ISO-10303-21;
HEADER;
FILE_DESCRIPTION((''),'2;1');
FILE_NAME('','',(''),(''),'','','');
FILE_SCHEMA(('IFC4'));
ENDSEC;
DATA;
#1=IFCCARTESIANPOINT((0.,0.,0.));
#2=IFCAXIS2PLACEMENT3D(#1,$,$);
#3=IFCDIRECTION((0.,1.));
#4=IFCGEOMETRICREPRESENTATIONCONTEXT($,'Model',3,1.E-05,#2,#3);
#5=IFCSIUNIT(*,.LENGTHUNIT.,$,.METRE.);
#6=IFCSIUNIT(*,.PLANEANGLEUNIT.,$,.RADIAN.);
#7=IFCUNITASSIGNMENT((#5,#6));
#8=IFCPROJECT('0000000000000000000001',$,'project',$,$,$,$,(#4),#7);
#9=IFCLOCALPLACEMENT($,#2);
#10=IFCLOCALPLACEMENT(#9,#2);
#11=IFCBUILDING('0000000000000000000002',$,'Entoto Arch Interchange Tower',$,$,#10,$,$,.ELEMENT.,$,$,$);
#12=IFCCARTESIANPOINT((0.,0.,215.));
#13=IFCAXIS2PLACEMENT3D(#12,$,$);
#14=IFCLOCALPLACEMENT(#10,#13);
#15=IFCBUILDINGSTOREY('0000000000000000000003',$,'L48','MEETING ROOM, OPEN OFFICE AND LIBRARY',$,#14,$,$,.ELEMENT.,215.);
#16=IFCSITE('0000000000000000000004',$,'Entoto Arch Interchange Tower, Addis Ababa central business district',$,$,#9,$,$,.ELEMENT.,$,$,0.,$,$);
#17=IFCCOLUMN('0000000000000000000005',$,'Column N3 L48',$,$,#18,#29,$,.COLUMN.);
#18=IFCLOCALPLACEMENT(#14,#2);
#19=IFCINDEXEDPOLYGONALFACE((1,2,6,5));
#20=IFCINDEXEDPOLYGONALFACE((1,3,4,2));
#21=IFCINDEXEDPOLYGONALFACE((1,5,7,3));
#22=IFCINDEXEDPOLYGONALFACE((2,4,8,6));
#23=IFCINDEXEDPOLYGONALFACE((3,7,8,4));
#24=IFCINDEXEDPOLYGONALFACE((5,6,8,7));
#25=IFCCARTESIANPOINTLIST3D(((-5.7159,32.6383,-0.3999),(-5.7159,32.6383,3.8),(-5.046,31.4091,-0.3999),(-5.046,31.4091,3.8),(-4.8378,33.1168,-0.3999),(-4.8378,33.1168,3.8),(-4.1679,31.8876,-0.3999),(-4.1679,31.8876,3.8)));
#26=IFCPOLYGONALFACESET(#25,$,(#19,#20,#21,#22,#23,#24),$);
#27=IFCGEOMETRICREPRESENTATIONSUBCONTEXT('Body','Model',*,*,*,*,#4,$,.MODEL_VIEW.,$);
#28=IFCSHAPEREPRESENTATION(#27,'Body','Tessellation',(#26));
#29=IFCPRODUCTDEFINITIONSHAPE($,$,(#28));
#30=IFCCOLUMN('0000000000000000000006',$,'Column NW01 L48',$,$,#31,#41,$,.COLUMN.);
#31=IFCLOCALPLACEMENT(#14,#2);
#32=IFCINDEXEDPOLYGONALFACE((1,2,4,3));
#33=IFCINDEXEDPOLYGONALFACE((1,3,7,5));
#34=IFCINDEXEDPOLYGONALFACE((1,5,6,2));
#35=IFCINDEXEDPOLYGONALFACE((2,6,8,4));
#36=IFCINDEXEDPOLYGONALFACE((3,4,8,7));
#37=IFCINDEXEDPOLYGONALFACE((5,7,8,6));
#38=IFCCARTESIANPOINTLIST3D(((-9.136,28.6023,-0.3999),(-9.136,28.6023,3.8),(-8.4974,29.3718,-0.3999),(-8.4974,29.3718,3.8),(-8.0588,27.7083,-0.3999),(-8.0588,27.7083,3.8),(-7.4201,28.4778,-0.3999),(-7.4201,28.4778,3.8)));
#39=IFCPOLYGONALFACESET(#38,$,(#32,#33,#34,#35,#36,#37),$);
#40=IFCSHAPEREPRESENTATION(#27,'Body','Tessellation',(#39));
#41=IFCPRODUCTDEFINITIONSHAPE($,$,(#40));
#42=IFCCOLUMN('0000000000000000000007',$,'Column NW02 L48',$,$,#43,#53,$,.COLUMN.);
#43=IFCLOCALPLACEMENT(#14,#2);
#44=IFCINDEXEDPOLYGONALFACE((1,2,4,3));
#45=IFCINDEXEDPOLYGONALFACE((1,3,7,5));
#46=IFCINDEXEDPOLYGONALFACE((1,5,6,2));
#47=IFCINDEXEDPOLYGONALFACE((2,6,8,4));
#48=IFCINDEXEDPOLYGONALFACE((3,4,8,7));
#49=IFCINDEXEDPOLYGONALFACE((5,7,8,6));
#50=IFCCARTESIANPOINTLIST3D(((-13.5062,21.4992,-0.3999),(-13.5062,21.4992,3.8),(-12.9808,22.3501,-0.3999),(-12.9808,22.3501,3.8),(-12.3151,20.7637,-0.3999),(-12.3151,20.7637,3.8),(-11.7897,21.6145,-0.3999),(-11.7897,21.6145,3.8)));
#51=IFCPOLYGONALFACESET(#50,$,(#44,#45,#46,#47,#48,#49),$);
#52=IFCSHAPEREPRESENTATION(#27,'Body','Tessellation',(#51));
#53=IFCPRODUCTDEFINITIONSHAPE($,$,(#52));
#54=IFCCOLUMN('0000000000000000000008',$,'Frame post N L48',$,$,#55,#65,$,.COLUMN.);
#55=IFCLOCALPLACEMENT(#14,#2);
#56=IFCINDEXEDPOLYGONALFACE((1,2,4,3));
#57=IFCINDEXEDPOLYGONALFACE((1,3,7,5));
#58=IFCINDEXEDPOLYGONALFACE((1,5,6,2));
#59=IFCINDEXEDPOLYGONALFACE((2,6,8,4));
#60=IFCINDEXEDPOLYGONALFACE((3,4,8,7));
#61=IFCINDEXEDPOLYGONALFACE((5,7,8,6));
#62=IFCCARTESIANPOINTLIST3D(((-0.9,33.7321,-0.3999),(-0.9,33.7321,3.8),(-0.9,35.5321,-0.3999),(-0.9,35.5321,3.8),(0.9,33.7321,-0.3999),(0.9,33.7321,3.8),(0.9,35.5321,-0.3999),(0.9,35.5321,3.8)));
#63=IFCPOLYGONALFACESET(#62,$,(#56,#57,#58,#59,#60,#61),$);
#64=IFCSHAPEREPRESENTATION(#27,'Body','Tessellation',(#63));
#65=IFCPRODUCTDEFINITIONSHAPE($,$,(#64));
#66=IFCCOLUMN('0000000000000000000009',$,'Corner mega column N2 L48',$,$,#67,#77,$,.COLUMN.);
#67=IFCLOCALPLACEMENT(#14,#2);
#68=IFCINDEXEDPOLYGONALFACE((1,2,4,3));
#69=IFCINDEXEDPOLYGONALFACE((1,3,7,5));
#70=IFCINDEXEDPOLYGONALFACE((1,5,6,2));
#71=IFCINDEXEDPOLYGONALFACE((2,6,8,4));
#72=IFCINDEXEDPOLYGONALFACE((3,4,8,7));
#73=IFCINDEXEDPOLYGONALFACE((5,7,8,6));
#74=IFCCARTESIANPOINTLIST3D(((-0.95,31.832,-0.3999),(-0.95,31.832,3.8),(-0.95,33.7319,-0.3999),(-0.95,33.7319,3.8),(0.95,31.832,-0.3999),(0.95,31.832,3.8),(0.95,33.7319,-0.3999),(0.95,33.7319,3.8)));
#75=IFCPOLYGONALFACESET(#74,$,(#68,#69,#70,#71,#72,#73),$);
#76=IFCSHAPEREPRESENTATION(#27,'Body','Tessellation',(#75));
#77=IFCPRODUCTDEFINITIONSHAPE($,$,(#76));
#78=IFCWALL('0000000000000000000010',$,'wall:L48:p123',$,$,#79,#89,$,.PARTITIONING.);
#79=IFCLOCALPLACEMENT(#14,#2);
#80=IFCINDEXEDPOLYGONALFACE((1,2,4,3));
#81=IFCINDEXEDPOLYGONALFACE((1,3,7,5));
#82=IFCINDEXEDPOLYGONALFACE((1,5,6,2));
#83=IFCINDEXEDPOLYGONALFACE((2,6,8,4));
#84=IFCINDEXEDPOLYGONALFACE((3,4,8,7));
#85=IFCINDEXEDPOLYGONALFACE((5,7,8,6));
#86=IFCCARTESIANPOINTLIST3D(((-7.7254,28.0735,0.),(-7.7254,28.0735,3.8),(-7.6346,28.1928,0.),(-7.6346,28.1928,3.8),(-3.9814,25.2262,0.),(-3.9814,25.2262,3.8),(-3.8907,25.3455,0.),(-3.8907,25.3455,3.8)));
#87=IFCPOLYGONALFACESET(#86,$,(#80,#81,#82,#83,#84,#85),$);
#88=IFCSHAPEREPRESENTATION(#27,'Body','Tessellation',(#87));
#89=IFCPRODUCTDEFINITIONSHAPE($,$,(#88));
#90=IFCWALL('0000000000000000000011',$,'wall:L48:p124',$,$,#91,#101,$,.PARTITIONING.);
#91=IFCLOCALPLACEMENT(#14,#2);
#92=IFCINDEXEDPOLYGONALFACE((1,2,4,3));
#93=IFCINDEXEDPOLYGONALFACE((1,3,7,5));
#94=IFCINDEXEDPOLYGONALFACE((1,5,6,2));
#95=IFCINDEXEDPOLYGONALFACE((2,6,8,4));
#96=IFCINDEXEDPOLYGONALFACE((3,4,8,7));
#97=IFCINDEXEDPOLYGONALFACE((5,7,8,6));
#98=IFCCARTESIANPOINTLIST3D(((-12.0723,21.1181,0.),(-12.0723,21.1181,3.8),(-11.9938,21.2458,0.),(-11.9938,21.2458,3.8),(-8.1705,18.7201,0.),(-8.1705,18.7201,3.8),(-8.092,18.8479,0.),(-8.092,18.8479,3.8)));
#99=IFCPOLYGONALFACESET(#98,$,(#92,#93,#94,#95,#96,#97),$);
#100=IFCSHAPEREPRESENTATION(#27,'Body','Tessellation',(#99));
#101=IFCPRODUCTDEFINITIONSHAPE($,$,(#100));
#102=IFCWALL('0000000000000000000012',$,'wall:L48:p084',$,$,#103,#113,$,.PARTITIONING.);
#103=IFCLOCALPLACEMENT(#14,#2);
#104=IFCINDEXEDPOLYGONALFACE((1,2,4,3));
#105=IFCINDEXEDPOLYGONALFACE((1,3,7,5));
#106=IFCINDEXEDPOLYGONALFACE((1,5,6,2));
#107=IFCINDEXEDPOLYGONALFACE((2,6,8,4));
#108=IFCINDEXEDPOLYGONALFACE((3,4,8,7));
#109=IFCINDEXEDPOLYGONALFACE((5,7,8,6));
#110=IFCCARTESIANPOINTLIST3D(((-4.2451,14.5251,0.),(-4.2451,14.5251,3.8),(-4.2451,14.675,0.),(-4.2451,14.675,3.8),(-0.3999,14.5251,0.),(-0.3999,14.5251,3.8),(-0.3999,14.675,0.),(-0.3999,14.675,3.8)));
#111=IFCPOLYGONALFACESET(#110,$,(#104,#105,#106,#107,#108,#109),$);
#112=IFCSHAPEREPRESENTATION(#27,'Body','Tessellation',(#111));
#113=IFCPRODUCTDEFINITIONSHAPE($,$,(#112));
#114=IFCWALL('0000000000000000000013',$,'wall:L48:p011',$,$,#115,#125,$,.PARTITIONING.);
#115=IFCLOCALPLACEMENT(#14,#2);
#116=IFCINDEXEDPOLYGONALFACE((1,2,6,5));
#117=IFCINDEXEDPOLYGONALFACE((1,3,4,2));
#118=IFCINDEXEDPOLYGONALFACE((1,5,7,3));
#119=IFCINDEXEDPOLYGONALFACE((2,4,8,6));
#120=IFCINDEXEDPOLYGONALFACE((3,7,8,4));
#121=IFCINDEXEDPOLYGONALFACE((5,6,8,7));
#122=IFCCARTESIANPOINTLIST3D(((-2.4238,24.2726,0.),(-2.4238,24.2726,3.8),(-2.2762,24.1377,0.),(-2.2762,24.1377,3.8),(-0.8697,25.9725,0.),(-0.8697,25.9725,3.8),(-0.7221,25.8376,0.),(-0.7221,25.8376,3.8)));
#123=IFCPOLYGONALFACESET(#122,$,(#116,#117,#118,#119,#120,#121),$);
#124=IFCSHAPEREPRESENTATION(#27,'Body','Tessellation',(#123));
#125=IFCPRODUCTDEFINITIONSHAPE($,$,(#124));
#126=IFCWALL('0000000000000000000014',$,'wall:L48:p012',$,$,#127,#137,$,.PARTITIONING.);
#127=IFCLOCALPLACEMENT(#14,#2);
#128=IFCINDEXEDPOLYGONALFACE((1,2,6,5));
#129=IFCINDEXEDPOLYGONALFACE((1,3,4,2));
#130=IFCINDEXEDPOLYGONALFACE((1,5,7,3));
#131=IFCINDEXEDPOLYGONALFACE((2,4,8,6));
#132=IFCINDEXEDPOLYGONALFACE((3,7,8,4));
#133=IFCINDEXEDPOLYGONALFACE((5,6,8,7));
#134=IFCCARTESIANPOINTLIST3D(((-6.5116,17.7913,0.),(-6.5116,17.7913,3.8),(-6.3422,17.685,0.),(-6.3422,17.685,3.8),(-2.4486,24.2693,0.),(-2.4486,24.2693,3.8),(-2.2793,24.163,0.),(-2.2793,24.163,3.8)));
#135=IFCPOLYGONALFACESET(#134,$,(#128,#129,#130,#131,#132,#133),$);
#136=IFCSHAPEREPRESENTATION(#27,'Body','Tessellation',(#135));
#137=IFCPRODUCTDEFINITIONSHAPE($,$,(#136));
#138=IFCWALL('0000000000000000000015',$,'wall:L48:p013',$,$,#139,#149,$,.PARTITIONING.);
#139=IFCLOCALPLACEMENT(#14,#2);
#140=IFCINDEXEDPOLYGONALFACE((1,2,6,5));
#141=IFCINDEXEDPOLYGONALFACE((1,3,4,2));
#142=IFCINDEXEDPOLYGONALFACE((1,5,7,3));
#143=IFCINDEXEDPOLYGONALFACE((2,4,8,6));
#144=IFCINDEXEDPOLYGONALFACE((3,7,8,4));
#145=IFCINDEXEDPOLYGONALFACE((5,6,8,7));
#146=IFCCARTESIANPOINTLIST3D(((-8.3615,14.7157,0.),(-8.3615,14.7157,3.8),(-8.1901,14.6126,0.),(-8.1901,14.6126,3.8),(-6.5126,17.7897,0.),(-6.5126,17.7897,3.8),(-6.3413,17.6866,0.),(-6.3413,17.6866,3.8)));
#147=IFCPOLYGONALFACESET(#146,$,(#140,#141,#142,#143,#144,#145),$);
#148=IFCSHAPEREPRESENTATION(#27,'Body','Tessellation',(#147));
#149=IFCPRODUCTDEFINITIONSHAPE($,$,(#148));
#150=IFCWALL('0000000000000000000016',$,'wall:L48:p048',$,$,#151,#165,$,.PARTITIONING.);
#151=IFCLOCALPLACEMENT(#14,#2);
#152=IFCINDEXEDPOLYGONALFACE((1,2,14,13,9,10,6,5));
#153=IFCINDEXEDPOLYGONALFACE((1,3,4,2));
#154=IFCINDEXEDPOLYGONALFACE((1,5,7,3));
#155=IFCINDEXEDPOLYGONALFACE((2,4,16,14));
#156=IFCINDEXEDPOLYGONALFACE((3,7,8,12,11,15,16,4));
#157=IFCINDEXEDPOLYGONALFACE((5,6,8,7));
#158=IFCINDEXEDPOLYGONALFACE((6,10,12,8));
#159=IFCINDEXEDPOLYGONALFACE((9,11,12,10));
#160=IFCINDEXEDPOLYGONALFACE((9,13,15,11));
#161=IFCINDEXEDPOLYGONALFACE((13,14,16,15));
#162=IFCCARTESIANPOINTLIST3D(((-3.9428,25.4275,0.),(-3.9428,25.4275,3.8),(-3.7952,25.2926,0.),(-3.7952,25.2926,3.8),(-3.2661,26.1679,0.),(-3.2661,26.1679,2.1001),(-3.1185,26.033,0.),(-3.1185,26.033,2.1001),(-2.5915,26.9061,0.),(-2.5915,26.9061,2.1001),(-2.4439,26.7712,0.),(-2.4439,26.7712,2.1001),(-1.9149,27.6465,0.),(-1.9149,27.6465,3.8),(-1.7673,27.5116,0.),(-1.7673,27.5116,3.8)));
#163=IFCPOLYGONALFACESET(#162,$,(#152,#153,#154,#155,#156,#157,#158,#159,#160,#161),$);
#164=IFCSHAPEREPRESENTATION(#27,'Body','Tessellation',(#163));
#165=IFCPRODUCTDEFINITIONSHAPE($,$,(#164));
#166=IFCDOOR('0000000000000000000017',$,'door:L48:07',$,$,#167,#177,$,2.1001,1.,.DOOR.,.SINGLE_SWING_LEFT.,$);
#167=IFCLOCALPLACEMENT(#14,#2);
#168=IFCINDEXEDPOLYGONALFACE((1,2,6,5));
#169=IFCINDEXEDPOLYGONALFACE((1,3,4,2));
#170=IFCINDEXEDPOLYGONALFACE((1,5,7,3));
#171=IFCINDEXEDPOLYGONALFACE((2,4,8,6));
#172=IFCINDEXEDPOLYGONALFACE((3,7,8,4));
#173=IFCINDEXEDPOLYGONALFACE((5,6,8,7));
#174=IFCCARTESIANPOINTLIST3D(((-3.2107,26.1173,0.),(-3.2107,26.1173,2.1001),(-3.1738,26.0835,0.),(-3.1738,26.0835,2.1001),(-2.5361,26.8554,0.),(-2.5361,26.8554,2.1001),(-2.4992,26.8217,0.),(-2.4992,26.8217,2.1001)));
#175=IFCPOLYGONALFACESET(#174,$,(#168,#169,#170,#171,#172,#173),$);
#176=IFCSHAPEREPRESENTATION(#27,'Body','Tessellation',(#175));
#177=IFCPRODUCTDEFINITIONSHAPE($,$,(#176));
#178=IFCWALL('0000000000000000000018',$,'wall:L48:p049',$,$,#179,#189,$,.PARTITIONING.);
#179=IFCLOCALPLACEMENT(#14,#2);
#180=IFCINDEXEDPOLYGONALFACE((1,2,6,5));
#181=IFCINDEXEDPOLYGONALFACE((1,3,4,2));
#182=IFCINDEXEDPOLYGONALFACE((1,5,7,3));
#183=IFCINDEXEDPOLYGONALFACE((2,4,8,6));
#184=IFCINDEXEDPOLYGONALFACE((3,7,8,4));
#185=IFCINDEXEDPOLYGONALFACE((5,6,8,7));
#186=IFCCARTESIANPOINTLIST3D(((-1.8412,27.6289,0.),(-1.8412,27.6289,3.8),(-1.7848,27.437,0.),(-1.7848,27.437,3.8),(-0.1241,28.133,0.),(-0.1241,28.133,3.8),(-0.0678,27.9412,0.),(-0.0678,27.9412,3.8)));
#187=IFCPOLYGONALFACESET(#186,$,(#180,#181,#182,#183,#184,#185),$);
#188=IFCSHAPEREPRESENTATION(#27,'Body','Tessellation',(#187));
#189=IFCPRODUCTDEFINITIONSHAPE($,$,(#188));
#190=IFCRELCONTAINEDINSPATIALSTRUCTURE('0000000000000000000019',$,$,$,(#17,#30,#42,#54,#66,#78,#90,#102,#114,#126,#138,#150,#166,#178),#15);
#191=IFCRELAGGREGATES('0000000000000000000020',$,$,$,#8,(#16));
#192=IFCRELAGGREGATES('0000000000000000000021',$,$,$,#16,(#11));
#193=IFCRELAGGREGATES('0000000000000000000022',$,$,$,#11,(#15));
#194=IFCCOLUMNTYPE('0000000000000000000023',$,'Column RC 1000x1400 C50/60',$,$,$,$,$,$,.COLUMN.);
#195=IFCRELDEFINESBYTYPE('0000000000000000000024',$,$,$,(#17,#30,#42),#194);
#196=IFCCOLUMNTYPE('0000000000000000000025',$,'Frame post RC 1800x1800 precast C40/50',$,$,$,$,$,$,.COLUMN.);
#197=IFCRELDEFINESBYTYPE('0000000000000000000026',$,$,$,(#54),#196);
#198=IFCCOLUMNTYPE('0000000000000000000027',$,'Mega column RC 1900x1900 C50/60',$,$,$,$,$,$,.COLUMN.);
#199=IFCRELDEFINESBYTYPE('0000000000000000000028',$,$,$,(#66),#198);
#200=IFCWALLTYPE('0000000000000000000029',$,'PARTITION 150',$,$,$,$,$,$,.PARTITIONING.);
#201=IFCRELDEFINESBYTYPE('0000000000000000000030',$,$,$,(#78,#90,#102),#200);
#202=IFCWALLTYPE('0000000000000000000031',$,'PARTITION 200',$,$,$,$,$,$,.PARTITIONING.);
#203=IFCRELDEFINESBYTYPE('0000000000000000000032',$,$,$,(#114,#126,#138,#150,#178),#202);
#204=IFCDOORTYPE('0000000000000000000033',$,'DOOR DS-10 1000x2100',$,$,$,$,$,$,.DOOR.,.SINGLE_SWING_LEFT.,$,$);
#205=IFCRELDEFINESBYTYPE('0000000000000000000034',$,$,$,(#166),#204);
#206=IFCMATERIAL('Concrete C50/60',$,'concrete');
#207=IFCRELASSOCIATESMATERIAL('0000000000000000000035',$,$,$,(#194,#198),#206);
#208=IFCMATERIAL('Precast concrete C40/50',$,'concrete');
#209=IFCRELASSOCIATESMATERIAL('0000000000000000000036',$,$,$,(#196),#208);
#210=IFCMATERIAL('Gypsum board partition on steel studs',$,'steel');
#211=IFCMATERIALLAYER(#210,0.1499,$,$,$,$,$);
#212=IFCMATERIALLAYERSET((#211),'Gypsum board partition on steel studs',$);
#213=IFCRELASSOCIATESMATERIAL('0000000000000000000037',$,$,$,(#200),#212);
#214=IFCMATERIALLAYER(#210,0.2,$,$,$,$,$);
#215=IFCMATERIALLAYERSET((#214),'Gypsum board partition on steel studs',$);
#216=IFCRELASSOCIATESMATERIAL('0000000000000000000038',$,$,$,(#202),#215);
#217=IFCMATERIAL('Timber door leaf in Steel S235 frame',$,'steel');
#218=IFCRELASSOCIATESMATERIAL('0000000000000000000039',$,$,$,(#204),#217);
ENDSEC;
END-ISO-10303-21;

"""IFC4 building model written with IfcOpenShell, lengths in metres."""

from ifc_helpers import new_model, si_unit, direction, frame, frame_2d, origin, origin_2d, place, context, subcontext, project, spatial, rectangle, extrude, material, layer, layer_set, material_profile, profile_set, type_object, element, fill, save


model = new_model("IFC4")

# Units and contexts
model_context = context("Model", 3, precision=1e-05, world=origin(), true_north=direction((0.0, 1.0)))
body_context = subcontext(model_context, "Body", "Model", "MODEL_VIEW")
ifc_project = project(units=[si_unit("LENGTHUNIT", "METRE"), si_unit("PLANEANGLEUNIT", "RADIAN")], contexts=[model_context])

# Site, building, storey
site_placement = place(None, origin())
site = spatial("IfcSite", under=ifc_project, at=site_placement, Name="Entoto Arch Interchange Tower, Addis Ababa central business district", CompositionType="ELEMENT", RefElevation=0.0)
building_placement = place(site_placement, origin())
building = spatial("IfcBuilding", under=site, at=building_placement, Name="Entoto Arch Interchange Tower", CompositionType="ELEMENT")
storey_placement = place(building_placement, frame((0.0, 0.0, 215.0)))
storey = spatial("IfcBuildingStorey", under=building, at=storey_placement, Name="L48", Description="MEETING ROOM, OPEN OFFICE AND LIBRARY", CompositionType="ELEMENT", Elevation=215.0)

# Columns
ifc_material_1 = material(Name="Concrete C50/60", Category="concrete")
ifc_material_profile_1 = material_profile(ifc_material_1, rectangle(XDim=1.0, YDim=1.3999, at=origin_2d()))
ifc_profile_set_1 = profile_set([ifc_material_profile_1], Name="Concrete C50/60")
column_type_1 = type_object("IfcColumnType", Name="Column RC 1000x1400 C50/60", PredefinedType="COLUMN", material=ifc_profile_set_1)
for number, where, z_axis, x_axis, name in (
    (1, (-4.9419, 32.2629, -0.3999), (0.0, 0.0, 1.0), (0.8781, 0.478477, 0.0), "Column N3 L48"),
    (2, (-8.2781, 28.54, -0.3999), (0.0, 0.0, 1.0), (0.63866, 0.769489, 0.0), "Column NW01 L48"),
    (3, (-12.6479, 21.5569, -0.3999), (0.0, 0.0, 1.0), (0.525427, 0.850839, 0.0), "Column NW02 L48"),
):
    element("IfcColumn", number, at=place(storey_placement, frame(where, z_axis=z_axis, x_axis=x_axis)), inside=storey, type_object=column_type_1, Name=name, PredefinedType="COLUMN", context=body_context, shape_type="SweptSolid", body=[
        extrude(rectangle(XDim=1.0, YDim=1.3999, at=origin_2d()), origin(), (0.0, 0.0, 1.0), 4.2),
    ])
ifc_material_2 = material(Name="Precast concrete C40/50", Category="concrete")
ifc_material_profile_2 = material_profile(ifc_material_2, rectangle(XDim=1.8, YDim=1.8, at=origin_2d()))
ifc_profile_set_2 = profile_set([ifc_material_profile_2], Name="Precast concrete C40/50")
column_type_2 = type_object("IfcColumnType", Name="Frame post RC 1800x1800 precast C40/50", PredefinedType="COLUMN", material=ifc_profile_set_2)
column_1_placement = place(storey_placement, frame((0.0, 34.6321, -0.3999), z_axis=(0.0, 0.0, 1.0), x_axis=(0.0, 1.0, 0.0)))
element("IfcColumn", 4, at=column_1_placement, inside=storey, type_object=column_type_2, Name="Frame post N L48", PredefinedType="COLUMN", context=body_context, shape_type="SweptSolid", body=[
    extrude(rectangle(XDim=1.8, YDim=1.8, at=origin_2d()), origin(), (0.0, 0.0, 1.0), 4.2),
])
ifc_material_profile_3 = material_profile(ifc_material_1, rectangle(XDim=1.8999, YDim=1.8999, at=origin_2d()))
ifc_profile_set_3 = profile_set([ifc_material_profile_3], Name="Concrete C50/60")
column_type_3 = type_object("IfcColumnType", Name="Mega column RC 1900x1900 C50/60", PredefinedType="COLUMN", material=ifc_profile_set_3)
column_2_placement = place(storey_placement, frame((0.0, 32.782, -0.3999), z_axis=(0.0, 0.0, 1.0), x_axis=(0.0, 1.0, 0.0)))
element("IfcColumn", 5, at=column_2_placement, inside=storey, type_object=column_type_3, Name="Corner mega column N2 L48", PredefinedType="COLUMN", context=body_context, shape_type="SweptSolid", body=[
    extrude(rectangle(XDim=1.8999, YDim=1.8999, at=origin_2d()), origin(), (0.0, 0.0, 1.0), 4.2),
])

# Walls
ifc_material_3 = material(Name="Gypsum board partition on steel studs", Category="steel")
ifc_layer_1 = layer(ifc_material_3, 0.1499)
ifc_layer_set_1 = layer_set([ifc_layer_1], Name="Gypsum board partition on steel studs")
wall_type_1 = type_object("IfcWallType", Name="PARTITION 150", PredefinedType="PARTITIONING", material=ifc_layer_set_1)
wall_1_placement = place(storey_placement, frame((-3.936, 25.2859, 0.0), z_axis=(0.0, 0.0, 1.0), x_axis=(-0.795977, 0.605327, 0.0)))
element("IfcWall", 6, at=wall_1_placement, inside=storey, type_object=wall_type_1, Name="wall:L48:p123", PredefinedType="PARTITIONING", context=body_context, shape_type="SweptSolid", body=[
    extrude(rectangle(XDim=4.7036, YDim=0.1499, at=frame_2d((2.3518, 0.0))), origin(), (0.0, 0.0, 1.0), 3.8),
])
wall_2_placement = place(storey_placement, frame((-8.1311, 18.7839, 0.0), z_axis=(0.0, 0.0, 1.0), x_axis=(-0.851969, 0.523592, 0.0)))
element("IfcWall", 7, at=wall_2_placement, inside=storey, type_object=wall_type_1, Name="wall:L48:p124", PredefinedType="PARTITIONING", context=body_context, shape_type="SweptSolid", body=[
    extrude(rectangle(XDim=4.5798, YDim=0.1499, at=frame_2d((2.29, 0.0))), origin(), (0.0, 0.0, 1.0), 3.8),
])
wall_3_placement = place(storey_placement, frame((-0.3999, 14.6001, 0.0), z_axis=(0.0, 0.0, 1.0), x_axis=(-1.0, 0.0, 0.0)))
element("IfcWall", 8, at=wall_3_placement, inside=storey, type_object=wall_type_1, Name="wall:L48:p084", PredefinedType="PARTITIONING", context=body_context, shape_type="SweptSolid", body=[
    extrude(rectangle(XDim=3.8452, YDim=0.1499, at=frame_2d((1.9226, 0.0))), origin(), (0.0, 0.0, 1.0), 3.8),
])
ifc_layer_2 = layer(ifc_material_3, 0.2)
ifc_layer_set_2 = layer_set([ifc_layer_2], Name="Gypsum board partition on steel studs")
wall_type_2 = type_object("IfcWallType", Name="PARTITION 200", PredefinedType="PARTITIONING", material=ifc_layer_set_2)
wall_4_placement = place(storey_placement, frame((-0.7959, 25.905, 0.0), z_axis=(0.0, 0.0, 1.0), x_axis=(-0.674759, -0.738038, 0.0)))
element("IfcWall", 9, at=wall_4_placement, inside=storey, type_object=wall_type_2, Name="wall:L48:p011", PredefinedType="PARTITIONING", context=body_context, shape_type="SweptSolid", body=[
    extrude(rectangle(XDim=2.3032, YDim=0.2, at=frame_2d((1.1516, 0.0))), origin(), (0.0, 0.0, 1.0), 3.8),
])
wall_5_placement = place(storey_placement, frame((-2.364, 24.2161, 0.0), z_axis=(0.0, 0.0, 1.0), x_axis=(-0.531336, -0.847161, 0.0)))
element("IfcWall", 10, at=wall_5_placement, inside=storey, type_object=wall_type_2, Name="wall:L48:p012", PredefinedType="PARTITIONING", context=body_context, shape_type="SweptSolid", body=[
    extrude(rectangle(XDim=7.6467, YDim=0.2, at=frame_2d((3.8232, 0.0))), origin(), (0.0, 0.0, 1.0), 3.8),
])
wall_6_placement = place(storey_placement, frame((-6.427, 17.738, 0.0), z_axis=(0.0, 0.0, 1.0), x_axis=(-0.515416, -0.85694, 0.0)))
element("IfcWall", 11, at=wall_6_placement, inside=storey, type_object=wall_type_2, Name="wall:L48:p013", PredefinedType="PARTITIONING", context=body_context, shape_type="SweptSolid", body=[
    extrude(rectangle(XDim=3.5872, YDim=0.2, at=frame_2d((1.7935, 0.0))), origin(), (0.0, 0.0, 1.0), 3.8),
])

# Wall, opening, door
wall_7_placement = place(storey_placement, frame((-3.8689, 25.3601, 0.0), z_axis=(0.0, 0.0, 1.0), x_axis=(0.674595, 0.738188, 0.0)))
wall_7 = element("IfcWall", 12, at=wall_7_placement, inside=storey, type_object=wall_type_2, Name="wall:L48:p048", PredefinedType="PARTITIONING", context=body_context, shape_type="SweptSolid", body=[
    extrude(rectangle(XDim=3.0061, YDim=0.2, at=frame_2d((1.5029, 0.0))), origin(), (0.0, 0.0, 1.0), 3.8),
])
opening_1_placement = place(wall_7_placement, frame((1.0029, 0.0, 0.0)))
opening_1 = element("IfcOpeningElement", 13, at=opening_1_placement, cuts=wall_7, PredefinedType="OPENING", context=body_context, shape_type="SweptSolid", body=[
    extrude(rectangle(XDim=1.0, YDim=2.1001, at=frame_2d((0.5, 1.05))), frame((0.0, 0.1099, 0.0), z_axis=(0.0, -1.0, 0.0), x_axis=(1.0, 0.0, 0.0)), (0.0, 0.0, 1.0), 0.22),
])
ifc_material_4 = material(Name="Timber door leaf in Steel S235 frame", Category="steel")
door_type = type_object("IfcDoorType", Name="DOOR DS-10 1000x2100", OperationType="SINGLE_SWING_LEFT", PredefinedType="DOOR", material=ifc_material_4)
door_1_placement = place(opening_1_placement, origin())
door_1 = element("IfcDoor", 14, at=door_1_placement, inside=storey, type_object=door_type, Name="door:L48:07", OperationType="SINGLE_SWING_LEFT", OverallHeight=2.1001, OverallWidth=1.0, PredefinedType="DOOR", context=body_context, shape_type="SweptSolid", body=[
    extrude(rectangle(XDim=1.0, YDim=2.1001, at=frame_2d((0.5, 1.05))), frame((0.0, 0.0249, 0.0), z_axis=(0.0, -1.0, 0.0), x_axis=(1.0, 0.0, 0.0)), (0.0, 0.0, 1.0), 0.05),
])
fill(opening_1, door_1)

# Wall
wall_8_placement = place(storey_placement, frame((-1.813, 27.533, 0.0), z_axis=(0.0, 0.0, 1.0), x_axis=(0.959496, 0.281723, 0.0)))
element("IfcWall", 15, at=wall_8_placement, inside=storey, type_object=wall_type_2, Name="wall:L48:p049", PredefinedType="PARTITIONING", context=body_context, shape_type="SweptSolid", body=[
    extrude(rectangle(XDim=1.7896, YDim=0.2, at=frame_2d((0.8948, 0.0))), origin(), (0.0, 0.0, 1.0), 3.8),
])

save(model, "model.ifc")
